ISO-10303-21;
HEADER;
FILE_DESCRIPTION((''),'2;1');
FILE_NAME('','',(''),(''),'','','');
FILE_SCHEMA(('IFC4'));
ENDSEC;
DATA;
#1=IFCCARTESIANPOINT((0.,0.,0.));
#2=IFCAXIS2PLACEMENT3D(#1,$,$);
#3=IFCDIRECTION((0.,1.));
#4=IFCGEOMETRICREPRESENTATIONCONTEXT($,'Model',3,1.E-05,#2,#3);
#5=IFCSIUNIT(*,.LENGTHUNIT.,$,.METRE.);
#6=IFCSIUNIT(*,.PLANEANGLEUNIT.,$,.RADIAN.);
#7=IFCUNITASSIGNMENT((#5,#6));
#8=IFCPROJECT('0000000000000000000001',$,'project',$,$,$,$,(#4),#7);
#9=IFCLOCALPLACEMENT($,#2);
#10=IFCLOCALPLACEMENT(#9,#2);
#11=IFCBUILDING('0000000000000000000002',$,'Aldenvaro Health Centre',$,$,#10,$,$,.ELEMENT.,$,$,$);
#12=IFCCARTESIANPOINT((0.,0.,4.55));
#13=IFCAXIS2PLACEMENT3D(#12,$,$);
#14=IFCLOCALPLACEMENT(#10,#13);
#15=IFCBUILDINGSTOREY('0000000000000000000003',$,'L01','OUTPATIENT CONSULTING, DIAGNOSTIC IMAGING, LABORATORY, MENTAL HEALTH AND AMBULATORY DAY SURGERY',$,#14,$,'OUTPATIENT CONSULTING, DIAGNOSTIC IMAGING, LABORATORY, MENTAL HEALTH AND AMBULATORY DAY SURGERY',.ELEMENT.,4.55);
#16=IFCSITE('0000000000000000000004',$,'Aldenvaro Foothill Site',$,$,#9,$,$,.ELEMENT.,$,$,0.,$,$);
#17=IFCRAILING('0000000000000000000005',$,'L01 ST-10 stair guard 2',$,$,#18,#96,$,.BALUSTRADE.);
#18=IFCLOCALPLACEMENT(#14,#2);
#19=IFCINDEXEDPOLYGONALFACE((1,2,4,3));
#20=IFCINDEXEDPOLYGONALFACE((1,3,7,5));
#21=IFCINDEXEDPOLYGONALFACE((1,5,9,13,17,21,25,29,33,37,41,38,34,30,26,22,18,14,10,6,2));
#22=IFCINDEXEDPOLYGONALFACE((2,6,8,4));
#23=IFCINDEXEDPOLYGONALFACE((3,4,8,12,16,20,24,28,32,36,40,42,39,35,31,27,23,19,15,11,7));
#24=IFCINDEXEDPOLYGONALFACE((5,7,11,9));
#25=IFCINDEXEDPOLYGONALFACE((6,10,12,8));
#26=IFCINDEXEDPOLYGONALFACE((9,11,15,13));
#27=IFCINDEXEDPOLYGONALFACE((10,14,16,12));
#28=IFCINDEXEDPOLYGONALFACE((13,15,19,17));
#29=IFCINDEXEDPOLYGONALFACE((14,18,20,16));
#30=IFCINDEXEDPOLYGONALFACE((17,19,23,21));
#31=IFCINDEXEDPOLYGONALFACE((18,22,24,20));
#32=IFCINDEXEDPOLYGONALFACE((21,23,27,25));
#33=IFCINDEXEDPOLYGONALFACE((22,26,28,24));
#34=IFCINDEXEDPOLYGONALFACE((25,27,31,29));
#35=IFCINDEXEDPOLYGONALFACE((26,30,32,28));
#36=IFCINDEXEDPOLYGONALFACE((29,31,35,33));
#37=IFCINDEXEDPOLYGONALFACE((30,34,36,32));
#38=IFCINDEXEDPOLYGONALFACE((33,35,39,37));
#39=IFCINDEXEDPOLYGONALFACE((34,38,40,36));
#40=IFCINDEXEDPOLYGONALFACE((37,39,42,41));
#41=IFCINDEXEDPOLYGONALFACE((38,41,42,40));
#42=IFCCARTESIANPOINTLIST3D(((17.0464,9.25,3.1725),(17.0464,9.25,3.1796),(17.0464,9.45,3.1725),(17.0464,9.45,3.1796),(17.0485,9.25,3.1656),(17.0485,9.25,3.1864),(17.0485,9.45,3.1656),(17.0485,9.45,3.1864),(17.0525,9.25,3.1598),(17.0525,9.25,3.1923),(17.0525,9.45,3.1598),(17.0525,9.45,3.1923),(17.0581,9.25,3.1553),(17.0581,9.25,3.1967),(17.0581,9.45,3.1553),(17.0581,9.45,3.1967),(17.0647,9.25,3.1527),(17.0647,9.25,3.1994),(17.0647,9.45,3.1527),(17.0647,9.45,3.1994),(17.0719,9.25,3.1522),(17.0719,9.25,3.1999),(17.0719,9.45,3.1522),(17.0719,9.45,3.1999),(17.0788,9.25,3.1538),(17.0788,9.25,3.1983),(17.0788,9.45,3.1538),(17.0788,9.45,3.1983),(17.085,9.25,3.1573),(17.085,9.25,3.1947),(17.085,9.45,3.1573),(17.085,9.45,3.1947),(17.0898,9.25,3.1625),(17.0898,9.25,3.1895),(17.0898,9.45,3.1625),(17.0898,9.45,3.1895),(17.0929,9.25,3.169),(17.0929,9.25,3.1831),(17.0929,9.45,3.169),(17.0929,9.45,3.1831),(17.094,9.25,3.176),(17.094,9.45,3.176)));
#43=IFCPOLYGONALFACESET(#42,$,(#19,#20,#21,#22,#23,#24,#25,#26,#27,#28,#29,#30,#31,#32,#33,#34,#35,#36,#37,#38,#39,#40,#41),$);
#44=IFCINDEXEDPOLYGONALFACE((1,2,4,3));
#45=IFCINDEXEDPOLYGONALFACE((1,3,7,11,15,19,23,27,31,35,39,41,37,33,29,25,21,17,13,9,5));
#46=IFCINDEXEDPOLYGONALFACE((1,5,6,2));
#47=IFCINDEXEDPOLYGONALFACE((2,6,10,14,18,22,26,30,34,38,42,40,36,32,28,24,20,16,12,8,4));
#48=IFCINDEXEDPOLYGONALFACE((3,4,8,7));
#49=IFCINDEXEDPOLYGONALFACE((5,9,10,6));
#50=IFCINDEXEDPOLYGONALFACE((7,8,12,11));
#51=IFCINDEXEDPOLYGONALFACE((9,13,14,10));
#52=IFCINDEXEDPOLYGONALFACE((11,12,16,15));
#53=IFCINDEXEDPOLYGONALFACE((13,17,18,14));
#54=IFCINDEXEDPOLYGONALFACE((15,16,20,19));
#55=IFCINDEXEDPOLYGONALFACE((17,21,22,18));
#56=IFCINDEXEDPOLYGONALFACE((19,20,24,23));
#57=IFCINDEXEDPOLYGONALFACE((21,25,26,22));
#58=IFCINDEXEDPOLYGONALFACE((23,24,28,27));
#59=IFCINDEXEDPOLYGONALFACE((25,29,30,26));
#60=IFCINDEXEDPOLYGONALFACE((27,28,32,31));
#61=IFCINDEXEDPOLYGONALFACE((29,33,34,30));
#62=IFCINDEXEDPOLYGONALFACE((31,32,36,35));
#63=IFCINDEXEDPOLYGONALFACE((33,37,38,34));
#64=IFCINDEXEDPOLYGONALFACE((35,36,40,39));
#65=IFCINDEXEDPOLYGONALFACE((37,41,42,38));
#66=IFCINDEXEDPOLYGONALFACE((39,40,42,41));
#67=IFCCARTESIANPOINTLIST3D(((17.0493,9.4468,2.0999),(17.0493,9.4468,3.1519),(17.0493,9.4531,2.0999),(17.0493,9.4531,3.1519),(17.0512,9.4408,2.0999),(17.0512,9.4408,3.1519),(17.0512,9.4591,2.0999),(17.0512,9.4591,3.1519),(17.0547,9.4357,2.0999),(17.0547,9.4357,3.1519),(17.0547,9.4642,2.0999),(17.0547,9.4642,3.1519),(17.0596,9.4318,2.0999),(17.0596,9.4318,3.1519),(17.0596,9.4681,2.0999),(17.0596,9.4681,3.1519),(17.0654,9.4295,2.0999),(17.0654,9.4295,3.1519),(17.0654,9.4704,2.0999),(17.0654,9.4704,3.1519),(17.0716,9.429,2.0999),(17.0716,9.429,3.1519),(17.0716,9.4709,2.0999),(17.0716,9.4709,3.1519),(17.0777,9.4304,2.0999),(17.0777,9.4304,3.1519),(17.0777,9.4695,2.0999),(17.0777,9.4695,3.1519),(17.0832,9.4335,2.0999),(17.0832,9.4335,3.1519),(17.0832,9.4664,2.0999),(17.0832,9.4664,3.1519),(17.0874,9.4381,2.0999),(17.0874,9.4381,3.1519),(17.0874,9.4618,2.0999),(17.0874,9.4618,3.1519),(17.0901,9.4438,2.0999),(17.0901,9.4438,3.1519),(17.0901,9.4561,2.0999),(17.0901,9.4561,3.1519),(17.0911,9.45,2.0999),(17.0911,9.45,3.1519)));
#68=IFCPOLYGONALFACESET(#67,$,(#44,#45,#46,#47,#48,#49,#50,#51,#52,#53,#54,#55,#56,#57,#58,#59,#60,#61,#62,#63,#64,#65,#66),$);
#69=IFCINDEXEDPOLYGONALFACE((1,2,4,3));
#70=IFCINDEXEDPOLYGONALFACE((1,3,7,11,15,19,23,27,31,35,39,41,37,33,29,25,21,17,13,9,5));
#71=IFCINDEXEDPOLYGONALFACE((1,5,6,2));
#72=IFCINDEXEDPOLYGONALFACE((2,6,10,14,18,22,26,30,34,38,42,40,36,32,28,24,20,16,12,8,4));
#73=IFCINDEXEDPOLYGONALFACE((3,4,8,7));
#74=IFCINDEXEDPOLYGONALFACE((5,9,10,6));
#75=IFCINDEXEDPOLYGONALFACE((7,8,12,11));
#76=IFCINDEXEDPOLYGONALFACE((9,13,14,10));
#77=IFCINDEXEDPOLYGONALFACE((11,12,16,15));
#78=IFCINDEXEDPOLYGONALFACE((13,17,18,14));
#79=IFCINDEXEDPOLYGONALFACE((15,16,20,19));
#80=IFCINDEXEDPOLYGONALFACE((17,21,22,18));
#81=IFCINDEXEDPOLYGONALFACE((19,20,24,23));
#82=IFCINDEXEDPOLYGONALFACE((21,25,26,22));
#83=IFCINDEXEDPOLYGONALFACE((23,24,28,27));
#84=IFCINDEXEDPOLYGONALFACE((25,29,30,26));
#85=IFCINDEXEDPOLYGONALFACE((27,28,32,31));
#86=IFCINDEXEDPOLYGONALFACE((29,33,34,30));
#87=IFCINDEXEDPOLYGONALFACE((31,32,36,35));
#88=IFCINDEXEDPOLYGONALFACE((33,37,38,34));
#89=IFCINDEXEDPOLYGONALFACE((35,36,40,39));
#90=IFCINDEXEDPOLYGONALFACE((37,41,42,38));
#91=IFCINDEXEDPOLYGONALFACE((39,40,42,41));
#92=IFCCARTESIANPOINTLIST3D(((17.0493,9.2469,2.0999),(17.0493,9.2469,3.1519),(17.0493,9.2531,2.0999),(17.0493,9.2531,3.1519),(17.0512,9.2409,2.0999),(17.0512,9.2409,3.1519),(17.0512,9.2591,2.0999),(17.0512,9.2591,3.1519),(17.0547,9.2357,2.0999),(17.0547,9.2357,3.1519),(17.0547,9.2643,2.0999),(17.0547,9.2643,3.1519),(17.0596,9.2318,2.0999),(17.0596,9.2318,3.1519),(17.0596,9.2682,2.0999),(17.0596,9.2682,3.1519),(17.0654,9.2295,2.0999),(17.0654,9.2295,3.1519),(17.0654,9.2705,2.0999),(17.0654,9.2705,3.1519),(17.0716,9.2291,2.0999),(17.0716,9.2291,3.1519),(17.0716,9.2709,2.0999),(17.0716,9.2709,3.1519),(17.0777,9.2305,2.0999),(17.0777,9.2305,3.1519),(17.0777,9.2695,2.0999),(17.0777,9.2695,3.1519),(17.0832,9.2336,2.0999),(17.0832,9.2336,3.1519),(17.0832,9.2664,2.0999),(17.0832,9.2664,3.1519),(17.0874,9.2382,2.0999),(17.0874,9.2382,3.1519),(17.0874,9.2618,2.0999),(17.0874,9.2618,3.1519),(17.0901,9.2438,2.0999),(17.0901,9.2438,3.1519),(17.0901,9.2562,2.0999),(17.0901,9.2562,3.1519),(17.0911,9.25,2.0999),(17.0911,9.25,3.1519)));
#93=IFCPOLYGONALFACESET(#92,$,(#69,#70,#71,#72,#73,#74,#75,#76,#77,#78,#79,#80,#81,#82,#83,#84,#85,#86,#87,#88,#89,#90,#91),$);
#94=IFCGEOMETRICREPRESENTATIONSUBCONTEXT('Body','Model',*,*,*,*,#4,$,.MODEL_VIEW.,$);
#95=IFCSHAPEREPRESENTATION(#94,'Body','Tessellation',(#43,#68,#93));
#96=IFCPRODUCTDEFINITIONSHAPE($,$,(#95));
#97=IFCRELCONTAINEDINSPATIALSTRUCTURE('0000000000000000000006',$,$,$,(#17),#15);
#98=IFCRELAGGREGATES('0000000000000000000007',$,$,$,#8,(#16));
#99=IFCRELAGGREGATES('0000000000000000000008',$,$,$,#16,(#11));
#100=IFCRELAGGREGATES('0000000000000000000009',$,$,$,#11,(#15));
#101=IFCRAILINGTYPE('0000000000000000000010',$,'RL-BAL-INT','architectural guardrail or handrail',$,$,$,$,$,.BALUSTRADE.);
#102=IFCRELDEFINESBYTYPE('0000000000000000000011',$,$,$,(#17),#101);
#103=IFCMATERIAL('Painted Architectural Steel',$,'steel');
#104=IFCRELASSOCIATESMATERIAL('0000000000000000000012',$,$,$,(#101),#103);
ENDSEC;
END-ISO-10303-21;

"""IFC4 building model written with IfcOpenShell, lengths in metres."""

from ifc_helpers import new_model, si_unit, direction, frame, origin, origin_2d, place, context, subcontext, project, spatial, circle, extrude, material, type_object, element, save


model = new_model("IFC4")

# Units and contexts
model_context = context("Model", 3, precision=1e-05, world=origin(), true_north=direction((0.0, 1.0)))
body_context = subcontext(model_context, "Body", "Model", "MODEL_VIEW")
ifc_project = project(units=[si_unit("LENGTHUNIT", "METRE"), si_unit("PLANEANGLEUNIT", "RADIAN")], contexts=[model_context])

# Site, building, storey
site_placement = place(None, origin())
site = spatial("IfcSite", under=ifc_project, at=site_placement, Name="Aldenvaro Foothill Site", CompositionType="ELEMENT", RefElevation=0.0)
building_placement = place(site_placement, origin())
building = spatial("IfcBuilding", under=site, at=building_placement, Name="Aldenvaro Health Centre", CompositionType="ELEMENT")
storey_placement = place(building_placement, frame((0.0, 0.0, 4.55)))
storey = spatial("IfcBuildingStorey", under=building, at=storey_placement, Name="L01", Description="OUTPATIENT CONSULTING, DIAGNOSTIC IMAGING, LABORATORY, MENTAL HEALTH AND AMBULATORY DAY SURGERY", LongName="OUTPATIENT CONSULTING, DIAGNOSTIC IMAGING, LABORATORY, MENTAL HEALTH AND AMBULATORY DAY SURGERY", CompositionType="ELEMENT", Elevation=4.55)

# Railing
ifc_material_1 = material(Name="Painted Architectural Steel", Category="steel")
railing_type_1 = type_object("IfcRailingType", Name="RL-BAL-INT", Description="architectural guardrail or handrail", PredefinedType="BALUSTRADE", material=ifc_material_1)
railing_1_placement = place(storey_placement, frame((17.0701, 9.45, 2.0999)))
element("IfcRailing", 1, at=railing_1_placement, inside=storey, type_object=railing_type_1, Name="L01 ST-10 stair guard 2", PredefinedType="BALUSTRADE", context=body_context, shape_type="SweptSolid", body=[
    extrude(circle(Radius=0.0239, at=origin_2d()), frame((0.0, 0.0, 1.0762), z_axis=(0.0, -1.0, 0.0), x_axis=(1.0, 0.0, 0.0)), (0.0, 0.0, 1.0), 0.2),
    extrude(circle(Radius=0.021, at=origin_2d()), origin(), (0.0, 0.0, 1.0), 1.052),
    extrude(circle(Radius=0.021, at=origin_2d()), frame((0.0, -0.2, 0.0)), (0.0, 0.0, 1.0), 1.052),
])

save(model, "model.ifc")
